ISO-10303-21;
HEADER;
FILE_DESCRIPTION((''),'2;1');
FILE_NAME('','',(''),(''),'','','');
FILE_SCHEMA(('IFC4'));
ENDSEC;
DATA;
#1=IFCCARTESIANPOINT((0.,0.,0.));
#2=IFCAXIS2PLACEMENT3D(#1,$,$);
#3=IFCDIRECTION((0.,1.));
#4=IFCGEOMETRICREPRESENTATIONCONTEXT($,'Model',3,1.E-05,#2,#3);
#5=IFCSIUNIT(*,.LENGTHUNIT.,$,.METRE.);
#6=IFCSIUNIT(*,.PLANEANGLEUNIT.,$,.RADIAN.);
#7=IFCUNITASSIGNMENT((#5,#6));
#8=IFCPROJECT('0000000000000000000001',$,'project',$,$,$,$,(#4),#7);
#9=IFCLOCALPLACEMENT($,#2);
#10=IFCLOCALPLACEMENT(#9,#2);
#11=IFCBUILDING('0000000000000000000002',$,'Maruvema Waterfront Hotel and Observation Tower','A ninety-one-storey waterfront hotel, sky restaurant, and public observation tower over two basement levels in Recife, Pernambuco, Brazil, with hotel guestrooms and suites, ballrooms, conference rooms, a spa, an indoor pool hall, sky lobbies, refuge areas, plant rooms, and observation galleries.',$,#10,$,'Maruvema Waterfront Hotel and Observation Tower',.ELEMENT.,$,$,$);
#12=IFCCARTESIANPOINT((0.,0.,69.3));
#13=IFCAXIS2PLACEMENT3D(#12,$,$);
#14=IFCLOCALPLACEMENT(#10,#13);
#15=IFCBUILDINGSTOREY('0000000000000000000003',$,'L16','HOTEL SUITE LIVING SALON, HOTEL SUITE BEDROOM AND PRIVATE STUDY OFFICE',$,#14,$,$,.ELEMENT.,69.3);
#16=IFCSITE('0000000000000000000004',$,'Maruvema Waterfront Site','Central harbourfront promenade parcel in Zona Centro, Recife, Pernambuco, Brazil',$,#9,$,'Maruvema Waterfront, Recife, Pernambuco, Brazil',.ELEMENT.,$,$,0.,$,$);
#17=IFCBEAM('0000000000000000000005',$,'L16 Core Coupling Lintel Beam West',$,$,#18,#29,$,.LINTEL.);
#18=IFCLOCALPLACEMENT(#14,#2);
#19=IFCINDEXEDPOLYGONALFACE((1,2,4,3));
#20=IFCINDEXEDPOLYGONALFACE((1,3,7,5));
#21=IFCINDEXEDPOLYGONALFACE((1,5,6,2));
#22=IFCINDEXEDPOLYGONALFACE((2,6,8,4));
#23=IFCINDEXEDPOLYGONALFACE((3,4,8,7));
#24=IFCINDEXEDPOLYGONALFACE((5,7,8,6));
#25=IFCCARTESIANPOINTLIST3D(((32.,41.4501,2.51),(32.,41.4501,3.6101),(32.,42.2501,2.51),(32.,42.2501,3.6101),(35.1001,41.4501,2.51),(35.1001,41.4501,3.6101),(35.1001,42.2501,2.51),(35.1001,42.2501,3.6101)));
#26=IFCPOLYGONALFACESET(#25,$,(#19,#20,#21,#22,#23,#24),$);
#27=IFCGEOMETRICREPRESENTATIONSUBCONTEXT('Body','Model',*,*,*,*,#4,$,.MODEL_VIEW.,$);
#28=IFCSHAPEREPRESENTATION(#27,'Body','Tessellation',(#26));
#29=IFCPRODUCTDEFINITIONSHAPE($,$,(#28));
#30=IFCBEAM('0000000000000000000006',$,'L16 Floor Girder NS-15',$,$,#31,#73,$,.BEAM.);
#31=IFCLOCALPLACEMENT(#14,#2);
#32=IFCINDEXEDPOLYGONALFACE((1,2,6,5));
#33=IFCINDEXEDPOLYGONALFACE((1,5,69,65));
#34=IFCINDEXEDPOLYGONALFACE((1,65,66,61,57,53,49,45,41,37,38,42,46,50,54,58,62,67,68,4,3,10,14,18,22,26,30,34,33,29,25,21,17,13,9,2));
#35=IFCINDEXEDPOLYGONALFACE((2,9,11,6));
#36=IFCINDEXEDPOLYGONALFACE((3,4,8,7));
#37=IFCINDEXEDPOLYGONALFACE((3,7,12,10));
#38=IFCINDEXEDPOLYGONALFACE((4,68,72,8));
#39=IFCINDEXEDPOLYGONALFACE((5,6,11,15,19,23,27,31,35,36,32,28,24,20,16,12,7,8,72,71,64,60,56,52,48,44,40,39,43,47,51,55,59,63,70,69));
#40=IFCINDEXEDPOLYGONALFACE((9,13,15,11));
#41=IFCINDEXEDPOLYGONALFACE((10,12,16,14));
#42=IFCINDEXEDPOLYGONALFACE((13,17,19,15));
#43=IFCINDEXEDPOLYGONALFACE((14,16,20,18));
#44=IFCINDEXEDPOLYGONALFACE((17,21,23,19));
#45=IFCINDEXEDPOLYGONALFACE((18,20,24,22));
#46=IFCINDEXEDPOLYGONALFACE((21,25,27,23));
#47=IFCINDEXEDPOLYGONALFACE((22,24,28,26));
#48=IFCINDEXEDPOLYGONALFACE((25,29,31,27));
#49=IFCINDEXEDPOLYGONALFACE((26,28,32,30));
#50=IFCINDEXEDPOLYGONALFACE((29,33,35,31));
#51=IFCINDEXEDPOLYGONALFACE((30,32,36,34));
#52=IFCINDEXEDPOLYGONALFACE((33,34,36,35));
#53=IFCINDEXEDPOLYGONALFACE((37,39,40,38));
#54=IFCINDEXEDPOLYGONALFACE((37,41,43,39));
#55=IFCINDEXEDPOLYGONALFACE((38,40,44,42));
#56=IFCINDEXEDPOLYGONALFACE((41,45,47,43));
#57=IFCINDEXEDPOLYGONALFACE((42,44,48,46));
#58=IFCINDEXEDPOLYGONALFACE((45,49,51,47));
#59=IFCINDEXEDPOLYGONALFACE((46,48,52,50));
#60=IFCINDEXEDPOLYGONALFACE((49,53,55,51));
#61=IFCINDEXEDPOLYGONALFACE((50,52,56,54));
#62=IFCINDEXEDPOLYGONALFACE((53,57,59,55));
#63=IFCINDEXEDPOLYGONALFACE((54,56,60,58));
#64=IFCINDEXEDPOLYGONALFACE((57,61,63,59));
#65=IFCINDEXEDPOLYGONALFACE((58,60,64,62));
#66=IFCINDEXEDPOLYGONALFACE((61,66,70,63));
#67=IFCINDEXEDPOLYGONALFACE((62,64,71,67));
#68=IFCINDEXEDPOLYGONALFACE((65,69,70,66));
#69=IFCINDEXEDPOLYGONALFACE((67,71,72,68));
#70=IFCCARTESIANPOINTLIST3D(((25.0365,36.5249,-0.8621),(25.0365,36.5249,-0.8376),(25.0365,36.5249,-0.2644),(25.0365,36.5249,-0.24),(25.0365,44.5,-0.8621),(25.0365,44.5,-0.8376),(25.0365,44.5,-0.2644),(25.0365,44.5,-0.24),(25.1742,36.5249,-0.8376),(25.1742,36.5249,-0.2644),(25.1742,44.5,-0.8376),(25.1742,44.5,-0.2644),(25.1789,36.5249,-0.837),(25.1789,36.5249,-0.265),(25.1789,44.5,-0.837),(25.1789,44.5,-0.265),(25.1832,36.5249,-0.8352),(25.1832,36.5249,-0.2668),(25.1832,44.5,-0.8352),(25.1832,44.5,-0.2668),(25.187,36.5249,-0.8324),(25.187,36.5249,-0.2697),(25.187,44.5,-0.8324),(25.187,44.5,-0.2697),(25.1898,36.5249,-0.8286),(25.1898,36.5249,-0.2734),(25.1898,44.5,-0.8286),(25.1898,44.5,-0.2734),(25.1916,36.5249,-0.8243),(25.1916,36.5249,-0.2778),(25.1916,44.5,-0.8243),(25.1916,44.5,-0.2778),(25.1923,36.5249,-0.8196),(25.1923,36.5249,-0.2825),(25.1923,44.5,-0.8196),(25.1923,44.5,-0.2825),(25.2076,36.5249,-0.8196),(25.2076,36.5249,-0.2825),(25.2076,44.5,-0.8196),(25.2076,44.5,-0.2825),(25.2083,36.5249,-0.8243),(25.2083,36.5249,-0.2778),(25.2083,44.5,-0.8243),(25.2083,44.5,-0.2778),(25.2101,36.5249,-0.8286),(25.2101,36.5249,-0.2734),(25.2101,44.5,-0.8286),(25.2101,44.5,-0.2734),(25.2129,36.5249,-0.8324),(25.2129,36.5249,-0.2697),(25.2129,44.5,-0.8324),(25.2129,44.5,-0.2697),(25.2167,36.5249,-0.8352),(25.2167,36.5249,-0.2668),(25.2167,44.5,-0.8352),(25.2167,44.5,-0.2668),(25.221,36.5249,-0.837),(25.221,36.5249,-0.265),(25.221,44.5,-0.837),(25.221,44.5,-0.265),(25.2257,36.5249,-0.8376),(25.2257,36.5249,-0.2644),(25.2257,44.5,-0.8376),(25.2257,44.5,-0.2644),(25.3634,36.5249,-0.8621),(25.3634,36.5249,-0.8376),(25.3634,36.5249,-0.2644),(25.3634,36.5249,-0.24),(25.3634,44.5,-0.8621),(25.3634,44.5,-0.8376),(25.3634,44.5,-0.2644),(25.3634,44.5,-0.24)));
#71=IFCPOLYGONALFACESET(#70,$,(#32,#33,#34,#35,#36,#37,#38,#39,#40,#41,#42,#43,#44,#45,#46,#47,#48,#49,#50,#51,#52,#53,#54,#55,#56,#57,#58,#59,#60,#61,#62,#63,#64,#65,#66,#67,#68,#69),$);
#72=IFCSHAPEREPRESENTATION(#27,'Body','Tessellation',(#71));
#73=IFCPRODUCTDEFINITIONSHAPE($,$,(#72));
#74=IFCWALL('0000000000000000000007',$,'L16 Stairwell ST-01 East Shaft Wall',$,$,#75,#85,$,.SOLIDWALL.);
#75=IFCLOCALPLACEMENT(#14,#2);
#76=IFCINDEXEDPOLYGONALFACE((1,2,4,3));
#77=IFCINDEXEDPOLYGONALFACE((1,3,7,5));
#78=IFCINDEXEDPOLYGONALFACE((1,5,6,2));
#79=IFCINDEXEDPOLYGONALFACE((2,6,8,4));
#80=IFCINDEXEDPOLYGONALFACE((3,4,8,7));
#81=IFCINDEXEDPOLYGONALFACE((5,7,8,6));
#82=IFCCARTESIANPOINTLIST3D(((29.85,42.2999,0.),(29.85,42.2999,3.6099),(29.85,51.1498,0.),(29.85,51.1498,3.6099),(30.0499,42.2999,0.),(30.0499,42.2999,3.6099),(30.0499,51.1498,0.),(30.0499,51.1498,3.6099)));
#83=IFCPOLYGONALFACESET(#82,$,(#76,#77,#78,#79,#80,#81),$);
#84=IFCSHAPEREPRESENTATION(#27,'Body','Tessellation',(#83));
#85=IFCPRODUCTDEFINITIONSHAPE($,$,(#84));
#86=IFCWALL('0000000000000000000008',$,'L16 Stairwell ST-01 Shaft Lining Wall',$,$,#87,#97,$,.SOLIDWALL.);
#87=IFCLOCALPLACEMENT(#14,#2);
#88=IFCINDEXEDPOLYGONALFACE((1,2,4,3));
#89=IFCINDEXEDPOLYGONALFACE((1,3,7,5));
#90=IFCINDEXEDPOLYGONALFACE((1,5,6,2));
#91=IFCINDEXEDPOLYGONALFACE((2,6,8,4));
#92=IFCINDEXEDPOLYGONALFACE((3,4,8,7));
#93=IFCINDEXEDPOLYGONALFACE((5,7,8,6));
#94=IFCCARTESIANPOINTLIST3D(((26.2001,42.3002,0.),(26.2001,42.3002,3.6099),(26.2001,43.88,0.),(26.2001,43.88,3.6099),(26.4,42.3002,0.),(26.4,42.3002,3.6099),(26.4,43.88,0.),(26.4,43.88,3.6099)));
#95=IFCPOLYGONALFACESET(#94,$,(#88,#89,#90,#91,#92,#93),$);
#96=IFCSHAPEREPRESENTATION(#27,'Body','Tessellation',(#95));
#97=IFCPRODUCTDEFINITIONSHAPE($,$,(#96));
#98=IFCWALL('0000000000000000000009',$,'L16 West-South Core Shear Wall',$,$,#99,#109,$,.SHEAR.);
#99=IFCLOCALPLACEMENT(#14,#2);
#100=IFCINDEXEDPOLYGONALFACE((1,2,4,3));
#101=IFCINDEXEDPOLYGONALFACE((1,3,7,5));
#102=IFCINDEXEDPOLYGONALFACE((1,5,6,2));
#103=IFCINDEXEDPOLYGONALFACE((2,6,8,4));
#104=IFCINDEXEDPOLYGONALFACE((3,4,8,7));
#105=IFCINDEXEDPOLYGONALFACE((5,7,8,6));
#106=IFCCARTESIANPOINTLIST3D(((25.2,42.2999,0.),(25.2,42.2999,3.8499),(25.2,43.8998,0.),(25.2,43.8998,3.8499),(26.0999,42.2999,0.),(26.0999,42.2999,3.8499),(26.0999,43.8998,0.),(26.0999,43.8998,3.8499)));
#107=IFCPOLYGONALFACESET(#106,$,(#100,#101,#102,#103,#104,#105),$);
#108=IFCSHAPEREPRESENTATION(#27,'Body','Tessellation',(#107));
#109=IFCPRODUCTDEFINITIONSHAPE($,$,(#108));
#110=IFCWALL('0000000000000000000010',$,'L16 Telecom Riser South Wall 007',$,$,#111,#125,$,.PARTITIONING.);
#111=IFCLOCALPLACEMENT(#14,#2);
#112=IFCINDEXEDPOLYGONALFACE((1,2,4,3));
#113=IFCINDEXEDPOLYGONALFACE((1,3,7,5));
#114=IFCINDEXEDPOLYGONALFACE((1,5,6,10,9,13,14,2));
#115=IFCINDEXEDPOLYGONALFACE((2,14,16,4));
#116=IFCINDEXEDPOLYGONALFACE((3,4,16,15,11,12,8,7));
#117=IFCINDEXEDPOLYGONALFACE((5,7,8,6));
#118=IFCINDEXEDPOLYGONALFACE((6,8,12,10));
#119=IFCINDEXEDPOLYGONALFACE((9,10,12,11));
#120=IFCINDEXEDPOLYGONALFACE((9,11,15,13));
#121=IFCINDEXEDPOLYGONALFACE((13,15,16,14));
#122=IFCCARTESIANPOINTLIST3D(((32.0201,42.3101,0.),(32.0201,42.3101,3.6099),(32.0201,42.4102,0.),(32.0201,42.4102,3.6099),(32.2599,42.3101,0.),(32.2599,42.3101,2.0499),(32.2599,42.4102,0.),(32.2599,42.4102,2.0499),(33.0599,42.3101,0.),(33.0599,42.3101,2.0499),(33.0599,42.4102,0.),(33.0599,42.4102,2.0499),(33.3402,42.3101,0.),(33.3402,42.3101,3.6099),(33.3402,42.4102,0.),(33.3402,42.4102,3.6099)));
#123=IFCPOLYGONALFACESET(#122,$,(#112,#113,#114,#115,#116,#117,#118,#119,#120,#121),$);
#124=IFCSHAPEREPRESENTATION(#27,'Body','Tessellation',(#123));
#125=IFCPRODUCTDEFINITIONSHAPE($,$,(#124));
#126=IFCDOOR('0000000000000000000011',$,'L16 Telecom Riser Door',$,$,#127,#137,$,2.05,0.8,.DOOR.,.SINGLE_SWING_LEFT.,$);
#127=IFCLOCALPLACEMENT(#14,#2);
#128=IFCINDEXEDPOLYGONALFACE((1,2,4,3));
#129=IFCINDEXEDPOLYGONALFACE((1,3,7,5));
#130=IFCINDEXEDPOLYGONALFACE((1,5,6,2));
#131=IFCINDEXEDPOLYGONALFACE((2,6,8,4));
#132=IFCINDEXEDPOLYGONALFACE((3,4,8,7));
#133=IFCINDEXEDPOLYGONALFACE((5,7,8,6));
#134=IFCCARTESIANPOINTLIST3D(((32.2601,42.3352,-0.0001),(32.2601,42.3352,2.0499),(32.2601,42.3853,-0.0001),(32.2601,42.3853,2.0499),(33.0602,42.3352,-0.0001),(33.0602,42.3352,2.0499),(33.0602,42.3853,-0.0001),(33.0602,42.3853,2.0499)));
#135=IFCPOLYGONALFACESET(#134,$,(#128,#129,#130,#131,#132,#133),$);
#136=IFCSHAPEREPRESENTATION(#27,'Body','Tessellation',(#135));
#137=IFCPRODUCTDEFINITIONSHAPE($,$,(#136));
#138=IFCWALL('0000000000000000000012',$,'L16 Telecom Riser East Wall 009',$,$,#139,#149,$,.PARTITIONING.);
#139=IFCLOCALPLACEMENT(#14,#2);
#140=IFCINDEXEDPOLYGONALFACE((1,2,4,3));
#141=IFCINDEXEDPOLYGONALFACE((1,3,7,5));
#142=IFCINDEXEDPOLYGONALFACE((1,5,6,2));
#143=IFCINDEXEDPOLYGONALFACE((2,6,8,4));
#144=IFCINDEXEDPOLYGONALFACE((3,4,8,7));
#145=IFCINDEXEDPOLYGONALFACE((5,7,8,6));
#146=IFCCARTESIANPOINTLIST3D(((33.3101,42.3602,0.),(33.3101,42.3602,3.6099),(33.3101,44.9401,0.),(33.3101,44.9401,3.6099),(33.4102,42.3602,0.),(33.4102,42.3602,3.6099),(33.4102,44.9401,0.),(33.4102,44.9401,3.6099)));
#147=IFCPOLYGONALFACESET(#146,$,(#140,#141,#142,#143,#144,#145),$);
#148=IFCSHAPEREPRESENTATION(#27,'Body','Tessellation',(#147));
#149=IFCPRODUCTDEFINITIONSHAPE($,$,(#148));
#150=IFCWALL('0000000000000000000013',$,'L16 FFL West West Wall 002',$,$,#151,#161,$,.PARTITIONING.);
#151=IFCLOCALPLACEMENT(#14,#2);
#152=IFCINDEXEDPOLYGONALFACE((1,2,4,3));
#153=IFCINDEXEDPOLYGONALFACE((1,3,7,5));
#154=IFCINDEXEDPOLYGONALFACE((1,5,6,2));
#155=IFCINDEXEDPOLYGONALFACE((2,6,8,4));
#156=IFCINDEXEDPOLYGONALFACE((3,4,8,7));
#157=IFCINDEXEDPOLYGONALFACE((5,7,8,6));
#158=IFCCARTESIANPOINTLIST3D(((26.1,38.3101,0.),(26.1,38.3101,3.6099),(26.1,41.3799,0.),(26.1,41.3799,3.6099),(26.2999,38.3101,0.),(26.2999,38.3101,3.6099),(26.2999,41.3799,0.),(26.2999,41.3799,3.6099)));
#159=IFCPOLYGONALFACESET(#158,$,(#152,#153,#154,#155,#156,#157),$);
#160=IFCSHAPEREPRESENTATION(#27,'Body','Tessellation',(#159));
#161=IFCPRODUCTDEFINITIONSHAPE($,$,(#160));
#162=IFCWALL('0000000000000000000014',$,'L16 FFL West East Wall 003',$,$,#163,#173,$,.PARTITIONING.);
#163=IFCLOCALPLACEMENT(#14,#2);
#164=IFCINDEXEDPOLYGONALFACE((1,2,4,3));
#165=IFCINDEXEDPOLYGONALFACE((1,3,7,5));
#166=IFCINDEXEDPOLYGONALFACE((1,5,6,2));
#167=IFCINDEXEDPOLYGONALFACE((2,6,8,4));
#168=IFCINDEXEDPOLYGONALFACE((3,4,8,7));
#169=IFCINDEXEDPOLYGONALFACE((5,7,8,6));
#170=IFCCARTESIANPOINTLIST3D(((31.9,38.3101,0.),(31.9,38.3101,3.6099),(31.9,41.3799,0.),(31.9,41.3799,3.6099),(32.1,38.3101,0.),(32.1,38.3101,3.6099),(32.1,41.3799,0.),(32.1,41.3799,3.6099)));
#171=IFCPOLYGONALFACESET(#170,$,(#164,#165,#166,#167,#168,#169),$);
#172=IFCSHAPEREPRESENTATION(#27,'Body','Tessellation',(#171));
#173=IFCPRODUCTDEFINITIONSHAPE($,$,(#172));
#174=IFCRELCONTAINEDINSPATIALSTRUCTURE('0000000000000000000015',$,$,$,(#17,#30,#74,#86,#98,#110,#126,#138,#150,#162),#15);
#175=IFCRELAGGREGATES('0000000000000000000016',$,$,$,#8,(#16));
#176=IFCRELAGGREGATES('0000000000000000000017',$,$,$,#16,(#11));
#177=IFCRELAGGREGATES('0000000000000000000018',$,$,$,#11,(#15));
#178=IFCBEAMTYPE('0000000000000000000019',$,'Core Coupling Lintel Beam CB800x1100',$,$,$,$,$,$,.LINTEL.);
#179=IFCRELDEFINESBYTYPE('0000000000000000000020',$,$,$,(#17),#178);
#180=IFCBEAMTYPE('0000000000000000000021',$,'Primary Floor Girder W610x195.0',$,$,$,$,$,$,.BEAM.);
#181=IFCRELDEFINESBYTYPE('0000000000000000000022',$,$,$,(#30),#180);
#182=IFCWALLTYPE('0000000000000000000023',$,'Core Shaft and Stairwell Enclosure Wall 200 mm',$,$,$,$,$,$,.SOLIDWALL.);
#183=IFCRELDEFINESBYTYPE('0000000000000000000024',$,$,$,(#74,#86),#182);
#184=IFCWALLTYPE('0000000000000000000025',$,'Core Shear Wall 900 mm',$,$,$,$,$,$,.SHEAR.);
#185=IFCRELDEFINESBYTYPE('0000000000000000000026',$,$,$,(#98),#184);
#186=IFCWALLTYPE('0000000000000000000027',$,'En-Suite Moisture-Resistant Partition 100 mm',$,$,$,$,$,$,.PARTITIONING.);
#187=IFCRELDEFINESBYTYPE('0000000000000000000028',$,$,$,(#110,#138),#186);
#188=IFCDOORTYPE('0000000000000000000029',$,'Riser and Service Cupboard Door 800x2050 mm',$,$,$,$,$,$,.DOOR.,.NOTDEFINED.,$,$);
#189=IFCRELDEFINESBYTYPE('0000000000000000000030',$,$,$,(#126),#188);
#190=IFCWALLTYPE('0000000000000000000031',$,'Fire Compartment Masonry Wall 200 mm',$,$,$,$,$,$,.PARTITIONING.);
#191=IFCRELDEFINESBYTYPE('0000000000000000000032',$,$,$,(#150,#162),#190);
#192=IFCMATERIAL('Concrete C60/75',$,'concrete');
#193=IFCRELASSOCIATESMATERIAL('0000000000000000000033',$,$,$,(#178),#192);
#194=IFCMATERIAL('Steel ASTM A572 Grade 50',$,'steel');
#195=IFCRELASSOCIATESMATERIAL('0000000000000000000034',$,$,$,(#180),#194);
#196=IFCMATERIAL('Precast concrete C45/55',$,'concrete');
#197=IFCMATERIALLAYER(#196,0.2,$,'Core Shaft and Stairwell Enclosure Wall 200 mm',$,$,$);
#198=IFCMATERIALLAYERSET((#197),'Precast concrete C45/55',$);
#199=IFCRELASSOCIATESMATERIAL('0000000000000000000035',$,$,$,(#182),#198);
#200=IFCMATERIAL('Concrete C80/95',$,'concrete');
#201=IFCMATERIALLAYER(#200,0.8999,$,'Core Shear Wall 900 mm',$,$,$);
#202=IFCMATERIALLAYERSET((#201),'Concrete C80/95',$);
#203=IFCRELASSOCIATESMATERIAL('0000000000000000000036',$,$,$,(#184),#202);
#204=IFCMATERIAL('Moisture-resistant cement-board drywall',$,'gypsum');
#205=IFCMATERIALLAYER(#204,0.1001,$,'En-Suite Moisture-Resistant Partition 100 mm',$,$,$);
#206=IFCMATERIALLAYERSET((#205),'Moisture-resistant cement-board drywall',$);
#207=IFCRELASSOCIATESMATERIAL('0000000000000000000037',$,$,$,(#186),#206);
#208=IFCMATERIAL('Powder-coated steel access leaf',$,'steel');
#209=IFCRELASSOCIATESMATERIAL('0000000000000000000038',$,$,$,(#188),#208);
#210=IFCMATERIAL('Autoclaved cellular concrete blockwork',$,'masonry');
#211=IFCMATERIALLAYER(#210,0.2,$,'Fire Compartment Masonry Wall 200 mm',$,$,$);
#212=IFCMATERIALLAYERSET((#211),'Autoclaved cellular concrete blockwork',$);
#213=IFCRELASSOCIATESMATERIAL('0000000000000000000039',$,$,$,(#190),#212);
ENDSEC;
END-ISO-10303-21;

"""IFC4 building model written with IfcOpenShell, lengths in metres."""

from ifc_helpers import new_model, si_unit, direction, frame, frame_2d, origin, origin_2d, place, context, subcontext, project, spatial, rectangle, i_section, extrude, material, layer, layer_set, material_profile, profile_set, type_object, element, fill, save


model = new_model("IFC4")

# Units and contexts
model_context = context("Model", 3, precision=1e-05, world=origin(), true_north=direction((0.0, 1.0)))
body_context = subcontext(model_context, "Body", "Model", "MODEL_VIEW")
ifc_project = project(units=[si_unit("LENGTHUNIT", "METRE"), si_unit("PLANEANGLEUNIT", "RADIAN")], contexts=[model_context])

# Site, building, storey
site_placement = place(None, origin())
site = spatial("IfcSite", under=ifc_project, at=site_placement, Name="Maruvema Waterfront Site", Description="Central harbourfront promenade parcel in Zona Centro, Recife, Pernambuco, Brazil", LongName="Maruvema Waterfront, Recife, Pernambuco, Brazil", CompositionType="ELEMENT", RefElevation=0.0)
building_placement = place(site_placement, origin())
building = spatial("IfcBuilding", under=site, at=building_placement, Name="Maruvema Waterfront Hotel and Observation Tower", Description="A ninety-one-storey waterfront hotel, sky restaurant, and public observation tower over two basement levels in Recife, Pernambuco, Brazil, with hotel guestrooms and suites, ballrooms, conference rooms, a spa, an indoor pool hall, sky lobbies, refuge areas, plant rooms, and observation galleries.", LongName="Maruvema Waterfront Hotel and Observation Tower", CompositionType="ELEMENT")
storey_placement = place(building_placement, frame((0.0, 0.0, 69.3)))
storey = spatial("IfcBuildingStorey", under=building, at=storey_placement, Name="L16", Description="HOTEL SUITE LIVING SALON, HOTEL SUITE BEDROOM AND PRIVATE STUDY OFFICE", CompositionType="ELEMENT", Elevation=69.3)

# Beams
ifc_material_1 = material(Name="Concrete C60/75", Category="concrete")
ifc_material_profile_1 = material_profile(ifc_material_1, rectangle(XDim=0.8, YDim=1.1001, at=origin_2d()), Name="CB800x1100")
ifc_profile_set_1 = profile_set([ifc_material_profile_1], Name="Concrete C60/75")
beam_type_1 = type_object("IfcBeamType", Name="Core Coupling Lintel Beam CB800x1100", PredefinedType="LINTEL", material=ifc_profile_set_1)
beam_1_placement = place(storey_placement, frame((32.0, 41.8501, 3.0601), z_axis=(1.0, 0.0, 0.0), x_axis=(0.0, 1.0, 0.0)))
element("IfcBeam", 1, at=beam_1_placement, inside=storey, type_object=beam_type_1, Name="L16 Core Coupling Lintel Beam West", PredefinedType="LINTEL", context=body_context, shape_type="SweptSolid", body=[
    extrude(rectangle(XDim=0.8, YDim=1.1001, at=origin_2d()), origin(), (0.0, 0.0, 1.0), 3.1001),
])
ifc_material_2 = material(Name="Steel ASTM A572 Grade 50", Category="steel")
ifc_material_profile_2 = material_profile(ifc_material_2, i_section(OverallWidth=0.3269, OverallDepth=0.6221, WebThickness=0.0154, FlangeThickness=0.0244, FilletRadius=0.0181, at=origin_2d()), Name="W610x195.0")
ifc_profile_set_2 = profile_set([ifc_material_profile_2], Name="Steel ASTM A572 Grade 50")
beam_type_2 = type_object("IfcBeamType", Name="Primary Floor Girder W610x195.0", PredefinedType="BEAM", material=ifc_profile_set_2)
beam_2_placement = place(storey_placement, frame((25.2, 36.5249, -0.551), z_axis=(0.0, 1.0, 0.0), x_axis=(-1.0, 0.0, 0.0)))
element("IfcBeam", 2, at=beam_2_placement, inside=storey, type_object=beam_type_2, Name="L16 Floor Girder NS-15", PredefinedType="BEAM", context=body_context, shape_type="SweptSolid", body=[
    extrude(i_section(OverallWidth=0.3269, OverallDepth=0.6221, WebThickness=0.0154, FlangeThickness=0.0244, FilletRadius=0.0181, at=origin_2d()), origin(), (0.0, 0.0, 1.0), 7.9751),
])

# Walls
ifc_material_3 = material(Name="Precast concrete C45/55", Category="concrete")
ifc_layer_1 = layer(ifc_material_3, 0.2, Name="Core Shaft and Stairwell Enclosure Wall 200 mm")
ifc_layer_set_1 = layer_set([ifc_layer_1], Name="Precast concrete C45/55")
wall_type_1 = type_object("IfcWallType", Name="Core Shaft and Stairwell Enclosure Wall 200 mm", PredefinedType="SOLIDWALL", material=ifc_layer_set_1)
wall_1_placement = place(storey_placement, frame((29.95, 42.3, 0.0), z_axis=(0.0, 0.0, 1.0), x_axis=(0.0, 1.0, 0.0)))
element("IfcWall", 3, at=wall_1_placement, inside=storey, type_object=wall_type_1, Name="L16 Stairwell ST-01 East Shaft Wall", PredefinedType="SOLIDWALL", context=body_context, shape_type="SweptSolid", body=[
    extrude(rectangle(XDim=8.8499, YDim=0.2, at=frame_2d((4.4248, 0.0))), origin(), (0.0, 0.0, 1.0), 3.6099),
])
wall_2_placement = place(storey_placement, frame((26.3, 42.3, 0.0), z_axis=(0.0, 0.0, 1.0), x_axis=(0.0, 1.0, 0.0)))
element("IfcWall", 4, at=wall_2_placement, inside=storey, type_object=wall_type_1, Name="L16 Stairwell ST-01 Shaft Lining Wall", PredefinedType="SOLIDWALL", context=body_context, shape_type="SweptSolid", body=[
    extrude(rectangle(XDim=1.5798, YDim=0.2, at=frame_2d((0.79, 0.0))), origin(), (0.0, 0.0, 1.0), 3.6099),
])

# Shared definitions
ifc_material_4 = material(Name="Concrete C80/95", Category="concrete")
ifc_layer_2 = layer(ifc_material_4, 0.8999, Name="Core Shear Wall 900 mm")
ifc_layer_set_2 = layer_set([ifc_layer_2], Name="Concrete C80/95")
wall_type_2 = type_object("IfcWallType", Name="Core Shear Wall 900 mm", PredefinedType="SHEAR", material=ifc_layer_set_2)

# Wall
wall_3_placement = place(storey_placement, frame((25.6499, 42.3, 0.0), z_axis=(0.0, 0.0, 1.0), x_axis=(0.0, 1.0, 0.0)))
element("IfcWall", 5, at=wall_3_placement, inside=storey, type_object=wall_type_2, Name="L16 West-South Core Shear Wall", PredefinedType="SHEAR", context=body_context, shape_type="SweptSolid", body=[
    extrude(rectangle(XDim=1.5999, YDim=0.8999, at=frame_2d((0.7998, 0.0))), origin(), (0.0, 0.0, 1.0), 3.8499),
])

# Wall, opening, door
ifc_material_5 = material(Name="Moisture-resistant cement-board drywall", Category="gypsum")
ifc_layer_3 = layer(ifc_material_5, 0.1001, Name="En-Suite Moisture-Resistant Partition 100 mm")
ifc_layer_set_3 = layer_set([ifc_layer_3], Name="Moisture-resistant cement-board drywall")
wall_type_3 = type_object("IfcWallType", Name="En-Suite Moisture-Resistant Partition 100 mm", PredefinedType="PARTITIONING", material=ifc_layer_set_3)
wall_4_placement = place(storey_placement, frame((32.02, 42.3601, 0.0), z_axis=(0.0, 0.0, 1.0), x_axis=(1.0, 0.0, 0.0)))
wall_4 = element("IfcWall", 6, at=wall_4_placement, inside=storey, type_object=wall_type_3, Name="L16 Telecom Riser South Wall 007", PredefinedType="PARTITIONING", context=body_context, shape_type="SweptSolid", body=[
    extrude(rectangle(XDim=1.3201, YDim=0.1001, at=frame_2d((0.6602, 0.0))), origin(), (0.0, 0.0, 1.0), 3.6099),
])
opening_1_placement = place(wall_4_placement, frame((0.24, 0.0, 0.0)))
opening_1 = element("IfcOpeningElement", 7, at=opening_1_placement, cuts=wall_4, PredefinedType="OPENING", context=body_context, shape_type="SweptSolid", body=[
    extrude(rectangle(XDim=0.8, YDim=2.05, at=frame_2d((0.3999, 1.0249))), frame((0.0, 0.0601, 0.0), z_axis=(0.0, -1.0, 0.0), x_axis=(1.0, 0.0, 0.0)), (0.0, 0.0, 1.0), 0.1201),
])
ifc_material_6 = material(Name="Powder-coated steel access leaf", Category="steel")
door_type_1 = type_object("IfcDoorType", Name="Riser and Service Cupboard Door 800x2050 mm", OperationType="NOTDEFINED", PredefinedType="DOOR", material=ifc_material_6)
door_1_placement = place(opening_1_placement, frame((0.8, 0.0, 0.0), z_axis=(0.0, 0.0, 1.0), x_axis=(-1.0, 0.0, 0.0)))
door_1 = element("IfcDoor", 8, at=door_1_placement, inside=storey, type_object=door_type_1, Name="L16 Telecom Riser Door", OperationType="SINGLE_SWING_LEFT", OverallHeight=2.05, OverallWidth=0.8, PredefinedType="DOOR", context=body_context, shape_type="SweptSolid", body=[
    extrude(rectangle(XDim=0.8, YDim=2.05, at=frame_2d((0.3999, 1.0249))), frame((0.0, 0.0249, 0.0), z_axis=(0.0, -1.0, 0.0), x_axis=(1.0, 0.0, 0.0)), (0.0, 0.0, 1.0), 0.05),
])
fill(opening_1, door_1)

# Wall
wall_5_placement = place(storey_placement, frame((33.3601, 42.3601, 0.0), z_axis=(0.0, 0.0, 1.0), x_axis=(0.0, 1.0, 0.0)))
element("IfcWall", 9, at=wall_5_placement, inside=storey, type_object=wall_type_3, Name="L16 Telecom Riser East Wall 009", PredefinedType="PARTITIONING", context=body_context, shape_type="SweptSolid", body=[
    extrude(rectangle(XDim=2.5798, YDim=0.1001, at=frame_2d((1.29, 0.0))), origin(), (0.0, 0.0, 1.0), 3.6099),
])

# Shared definitions
ifc_material_7 = material(Name="Autoclaved cellular concrete blockwork", Category="masonry")
ifc_layer_4 = layer(ifc_material_7, 0.2, Name="Fire Compartment Masonry Wall 200 mm")
ifc_layer_set_4 = layer_set([ifc_layer_4], Name="Autoclaved cellular concrete blockwork")
wall_type_4 = type_object("IfcWallType", Name="Fire Compartment Masonry Wall 200 mm", PredefinedType="PARTITIONING", material=ifc_layer_set_4)

# Walls
for number, where, z_axis, x_axis, name in (
    (10, (26.2, 38.3101, 0.0), (0.0, 0.0, 1.0), (0.0, 1.0, 0.0), "L16 FFL West West Wall 002"),
    (11, (32.0, 38.3101, 0.0), (0.0, 0.0, 1.0), (0.0, 1.0, 0.0), "L16 FFL West East Wall 003"),
):
    element("IfcWall", number, at=place(storey_placement, frame(where, z_axis=z_axis, x_axis=x_axis)), inside=storey, type_object=wall_type_4, Name=name, PredefinedType="PARTITIONING", context=body_context, shape_type="SweptSolid", body=[
        extrude(rectangle(XDim=3.0698, YDim=0.2, at=frame_2d((1.5349, 0.0))), origin(), (0.0, 0.0, 1.0), 3.6099),
    ])

save(model, "model.ifc")
